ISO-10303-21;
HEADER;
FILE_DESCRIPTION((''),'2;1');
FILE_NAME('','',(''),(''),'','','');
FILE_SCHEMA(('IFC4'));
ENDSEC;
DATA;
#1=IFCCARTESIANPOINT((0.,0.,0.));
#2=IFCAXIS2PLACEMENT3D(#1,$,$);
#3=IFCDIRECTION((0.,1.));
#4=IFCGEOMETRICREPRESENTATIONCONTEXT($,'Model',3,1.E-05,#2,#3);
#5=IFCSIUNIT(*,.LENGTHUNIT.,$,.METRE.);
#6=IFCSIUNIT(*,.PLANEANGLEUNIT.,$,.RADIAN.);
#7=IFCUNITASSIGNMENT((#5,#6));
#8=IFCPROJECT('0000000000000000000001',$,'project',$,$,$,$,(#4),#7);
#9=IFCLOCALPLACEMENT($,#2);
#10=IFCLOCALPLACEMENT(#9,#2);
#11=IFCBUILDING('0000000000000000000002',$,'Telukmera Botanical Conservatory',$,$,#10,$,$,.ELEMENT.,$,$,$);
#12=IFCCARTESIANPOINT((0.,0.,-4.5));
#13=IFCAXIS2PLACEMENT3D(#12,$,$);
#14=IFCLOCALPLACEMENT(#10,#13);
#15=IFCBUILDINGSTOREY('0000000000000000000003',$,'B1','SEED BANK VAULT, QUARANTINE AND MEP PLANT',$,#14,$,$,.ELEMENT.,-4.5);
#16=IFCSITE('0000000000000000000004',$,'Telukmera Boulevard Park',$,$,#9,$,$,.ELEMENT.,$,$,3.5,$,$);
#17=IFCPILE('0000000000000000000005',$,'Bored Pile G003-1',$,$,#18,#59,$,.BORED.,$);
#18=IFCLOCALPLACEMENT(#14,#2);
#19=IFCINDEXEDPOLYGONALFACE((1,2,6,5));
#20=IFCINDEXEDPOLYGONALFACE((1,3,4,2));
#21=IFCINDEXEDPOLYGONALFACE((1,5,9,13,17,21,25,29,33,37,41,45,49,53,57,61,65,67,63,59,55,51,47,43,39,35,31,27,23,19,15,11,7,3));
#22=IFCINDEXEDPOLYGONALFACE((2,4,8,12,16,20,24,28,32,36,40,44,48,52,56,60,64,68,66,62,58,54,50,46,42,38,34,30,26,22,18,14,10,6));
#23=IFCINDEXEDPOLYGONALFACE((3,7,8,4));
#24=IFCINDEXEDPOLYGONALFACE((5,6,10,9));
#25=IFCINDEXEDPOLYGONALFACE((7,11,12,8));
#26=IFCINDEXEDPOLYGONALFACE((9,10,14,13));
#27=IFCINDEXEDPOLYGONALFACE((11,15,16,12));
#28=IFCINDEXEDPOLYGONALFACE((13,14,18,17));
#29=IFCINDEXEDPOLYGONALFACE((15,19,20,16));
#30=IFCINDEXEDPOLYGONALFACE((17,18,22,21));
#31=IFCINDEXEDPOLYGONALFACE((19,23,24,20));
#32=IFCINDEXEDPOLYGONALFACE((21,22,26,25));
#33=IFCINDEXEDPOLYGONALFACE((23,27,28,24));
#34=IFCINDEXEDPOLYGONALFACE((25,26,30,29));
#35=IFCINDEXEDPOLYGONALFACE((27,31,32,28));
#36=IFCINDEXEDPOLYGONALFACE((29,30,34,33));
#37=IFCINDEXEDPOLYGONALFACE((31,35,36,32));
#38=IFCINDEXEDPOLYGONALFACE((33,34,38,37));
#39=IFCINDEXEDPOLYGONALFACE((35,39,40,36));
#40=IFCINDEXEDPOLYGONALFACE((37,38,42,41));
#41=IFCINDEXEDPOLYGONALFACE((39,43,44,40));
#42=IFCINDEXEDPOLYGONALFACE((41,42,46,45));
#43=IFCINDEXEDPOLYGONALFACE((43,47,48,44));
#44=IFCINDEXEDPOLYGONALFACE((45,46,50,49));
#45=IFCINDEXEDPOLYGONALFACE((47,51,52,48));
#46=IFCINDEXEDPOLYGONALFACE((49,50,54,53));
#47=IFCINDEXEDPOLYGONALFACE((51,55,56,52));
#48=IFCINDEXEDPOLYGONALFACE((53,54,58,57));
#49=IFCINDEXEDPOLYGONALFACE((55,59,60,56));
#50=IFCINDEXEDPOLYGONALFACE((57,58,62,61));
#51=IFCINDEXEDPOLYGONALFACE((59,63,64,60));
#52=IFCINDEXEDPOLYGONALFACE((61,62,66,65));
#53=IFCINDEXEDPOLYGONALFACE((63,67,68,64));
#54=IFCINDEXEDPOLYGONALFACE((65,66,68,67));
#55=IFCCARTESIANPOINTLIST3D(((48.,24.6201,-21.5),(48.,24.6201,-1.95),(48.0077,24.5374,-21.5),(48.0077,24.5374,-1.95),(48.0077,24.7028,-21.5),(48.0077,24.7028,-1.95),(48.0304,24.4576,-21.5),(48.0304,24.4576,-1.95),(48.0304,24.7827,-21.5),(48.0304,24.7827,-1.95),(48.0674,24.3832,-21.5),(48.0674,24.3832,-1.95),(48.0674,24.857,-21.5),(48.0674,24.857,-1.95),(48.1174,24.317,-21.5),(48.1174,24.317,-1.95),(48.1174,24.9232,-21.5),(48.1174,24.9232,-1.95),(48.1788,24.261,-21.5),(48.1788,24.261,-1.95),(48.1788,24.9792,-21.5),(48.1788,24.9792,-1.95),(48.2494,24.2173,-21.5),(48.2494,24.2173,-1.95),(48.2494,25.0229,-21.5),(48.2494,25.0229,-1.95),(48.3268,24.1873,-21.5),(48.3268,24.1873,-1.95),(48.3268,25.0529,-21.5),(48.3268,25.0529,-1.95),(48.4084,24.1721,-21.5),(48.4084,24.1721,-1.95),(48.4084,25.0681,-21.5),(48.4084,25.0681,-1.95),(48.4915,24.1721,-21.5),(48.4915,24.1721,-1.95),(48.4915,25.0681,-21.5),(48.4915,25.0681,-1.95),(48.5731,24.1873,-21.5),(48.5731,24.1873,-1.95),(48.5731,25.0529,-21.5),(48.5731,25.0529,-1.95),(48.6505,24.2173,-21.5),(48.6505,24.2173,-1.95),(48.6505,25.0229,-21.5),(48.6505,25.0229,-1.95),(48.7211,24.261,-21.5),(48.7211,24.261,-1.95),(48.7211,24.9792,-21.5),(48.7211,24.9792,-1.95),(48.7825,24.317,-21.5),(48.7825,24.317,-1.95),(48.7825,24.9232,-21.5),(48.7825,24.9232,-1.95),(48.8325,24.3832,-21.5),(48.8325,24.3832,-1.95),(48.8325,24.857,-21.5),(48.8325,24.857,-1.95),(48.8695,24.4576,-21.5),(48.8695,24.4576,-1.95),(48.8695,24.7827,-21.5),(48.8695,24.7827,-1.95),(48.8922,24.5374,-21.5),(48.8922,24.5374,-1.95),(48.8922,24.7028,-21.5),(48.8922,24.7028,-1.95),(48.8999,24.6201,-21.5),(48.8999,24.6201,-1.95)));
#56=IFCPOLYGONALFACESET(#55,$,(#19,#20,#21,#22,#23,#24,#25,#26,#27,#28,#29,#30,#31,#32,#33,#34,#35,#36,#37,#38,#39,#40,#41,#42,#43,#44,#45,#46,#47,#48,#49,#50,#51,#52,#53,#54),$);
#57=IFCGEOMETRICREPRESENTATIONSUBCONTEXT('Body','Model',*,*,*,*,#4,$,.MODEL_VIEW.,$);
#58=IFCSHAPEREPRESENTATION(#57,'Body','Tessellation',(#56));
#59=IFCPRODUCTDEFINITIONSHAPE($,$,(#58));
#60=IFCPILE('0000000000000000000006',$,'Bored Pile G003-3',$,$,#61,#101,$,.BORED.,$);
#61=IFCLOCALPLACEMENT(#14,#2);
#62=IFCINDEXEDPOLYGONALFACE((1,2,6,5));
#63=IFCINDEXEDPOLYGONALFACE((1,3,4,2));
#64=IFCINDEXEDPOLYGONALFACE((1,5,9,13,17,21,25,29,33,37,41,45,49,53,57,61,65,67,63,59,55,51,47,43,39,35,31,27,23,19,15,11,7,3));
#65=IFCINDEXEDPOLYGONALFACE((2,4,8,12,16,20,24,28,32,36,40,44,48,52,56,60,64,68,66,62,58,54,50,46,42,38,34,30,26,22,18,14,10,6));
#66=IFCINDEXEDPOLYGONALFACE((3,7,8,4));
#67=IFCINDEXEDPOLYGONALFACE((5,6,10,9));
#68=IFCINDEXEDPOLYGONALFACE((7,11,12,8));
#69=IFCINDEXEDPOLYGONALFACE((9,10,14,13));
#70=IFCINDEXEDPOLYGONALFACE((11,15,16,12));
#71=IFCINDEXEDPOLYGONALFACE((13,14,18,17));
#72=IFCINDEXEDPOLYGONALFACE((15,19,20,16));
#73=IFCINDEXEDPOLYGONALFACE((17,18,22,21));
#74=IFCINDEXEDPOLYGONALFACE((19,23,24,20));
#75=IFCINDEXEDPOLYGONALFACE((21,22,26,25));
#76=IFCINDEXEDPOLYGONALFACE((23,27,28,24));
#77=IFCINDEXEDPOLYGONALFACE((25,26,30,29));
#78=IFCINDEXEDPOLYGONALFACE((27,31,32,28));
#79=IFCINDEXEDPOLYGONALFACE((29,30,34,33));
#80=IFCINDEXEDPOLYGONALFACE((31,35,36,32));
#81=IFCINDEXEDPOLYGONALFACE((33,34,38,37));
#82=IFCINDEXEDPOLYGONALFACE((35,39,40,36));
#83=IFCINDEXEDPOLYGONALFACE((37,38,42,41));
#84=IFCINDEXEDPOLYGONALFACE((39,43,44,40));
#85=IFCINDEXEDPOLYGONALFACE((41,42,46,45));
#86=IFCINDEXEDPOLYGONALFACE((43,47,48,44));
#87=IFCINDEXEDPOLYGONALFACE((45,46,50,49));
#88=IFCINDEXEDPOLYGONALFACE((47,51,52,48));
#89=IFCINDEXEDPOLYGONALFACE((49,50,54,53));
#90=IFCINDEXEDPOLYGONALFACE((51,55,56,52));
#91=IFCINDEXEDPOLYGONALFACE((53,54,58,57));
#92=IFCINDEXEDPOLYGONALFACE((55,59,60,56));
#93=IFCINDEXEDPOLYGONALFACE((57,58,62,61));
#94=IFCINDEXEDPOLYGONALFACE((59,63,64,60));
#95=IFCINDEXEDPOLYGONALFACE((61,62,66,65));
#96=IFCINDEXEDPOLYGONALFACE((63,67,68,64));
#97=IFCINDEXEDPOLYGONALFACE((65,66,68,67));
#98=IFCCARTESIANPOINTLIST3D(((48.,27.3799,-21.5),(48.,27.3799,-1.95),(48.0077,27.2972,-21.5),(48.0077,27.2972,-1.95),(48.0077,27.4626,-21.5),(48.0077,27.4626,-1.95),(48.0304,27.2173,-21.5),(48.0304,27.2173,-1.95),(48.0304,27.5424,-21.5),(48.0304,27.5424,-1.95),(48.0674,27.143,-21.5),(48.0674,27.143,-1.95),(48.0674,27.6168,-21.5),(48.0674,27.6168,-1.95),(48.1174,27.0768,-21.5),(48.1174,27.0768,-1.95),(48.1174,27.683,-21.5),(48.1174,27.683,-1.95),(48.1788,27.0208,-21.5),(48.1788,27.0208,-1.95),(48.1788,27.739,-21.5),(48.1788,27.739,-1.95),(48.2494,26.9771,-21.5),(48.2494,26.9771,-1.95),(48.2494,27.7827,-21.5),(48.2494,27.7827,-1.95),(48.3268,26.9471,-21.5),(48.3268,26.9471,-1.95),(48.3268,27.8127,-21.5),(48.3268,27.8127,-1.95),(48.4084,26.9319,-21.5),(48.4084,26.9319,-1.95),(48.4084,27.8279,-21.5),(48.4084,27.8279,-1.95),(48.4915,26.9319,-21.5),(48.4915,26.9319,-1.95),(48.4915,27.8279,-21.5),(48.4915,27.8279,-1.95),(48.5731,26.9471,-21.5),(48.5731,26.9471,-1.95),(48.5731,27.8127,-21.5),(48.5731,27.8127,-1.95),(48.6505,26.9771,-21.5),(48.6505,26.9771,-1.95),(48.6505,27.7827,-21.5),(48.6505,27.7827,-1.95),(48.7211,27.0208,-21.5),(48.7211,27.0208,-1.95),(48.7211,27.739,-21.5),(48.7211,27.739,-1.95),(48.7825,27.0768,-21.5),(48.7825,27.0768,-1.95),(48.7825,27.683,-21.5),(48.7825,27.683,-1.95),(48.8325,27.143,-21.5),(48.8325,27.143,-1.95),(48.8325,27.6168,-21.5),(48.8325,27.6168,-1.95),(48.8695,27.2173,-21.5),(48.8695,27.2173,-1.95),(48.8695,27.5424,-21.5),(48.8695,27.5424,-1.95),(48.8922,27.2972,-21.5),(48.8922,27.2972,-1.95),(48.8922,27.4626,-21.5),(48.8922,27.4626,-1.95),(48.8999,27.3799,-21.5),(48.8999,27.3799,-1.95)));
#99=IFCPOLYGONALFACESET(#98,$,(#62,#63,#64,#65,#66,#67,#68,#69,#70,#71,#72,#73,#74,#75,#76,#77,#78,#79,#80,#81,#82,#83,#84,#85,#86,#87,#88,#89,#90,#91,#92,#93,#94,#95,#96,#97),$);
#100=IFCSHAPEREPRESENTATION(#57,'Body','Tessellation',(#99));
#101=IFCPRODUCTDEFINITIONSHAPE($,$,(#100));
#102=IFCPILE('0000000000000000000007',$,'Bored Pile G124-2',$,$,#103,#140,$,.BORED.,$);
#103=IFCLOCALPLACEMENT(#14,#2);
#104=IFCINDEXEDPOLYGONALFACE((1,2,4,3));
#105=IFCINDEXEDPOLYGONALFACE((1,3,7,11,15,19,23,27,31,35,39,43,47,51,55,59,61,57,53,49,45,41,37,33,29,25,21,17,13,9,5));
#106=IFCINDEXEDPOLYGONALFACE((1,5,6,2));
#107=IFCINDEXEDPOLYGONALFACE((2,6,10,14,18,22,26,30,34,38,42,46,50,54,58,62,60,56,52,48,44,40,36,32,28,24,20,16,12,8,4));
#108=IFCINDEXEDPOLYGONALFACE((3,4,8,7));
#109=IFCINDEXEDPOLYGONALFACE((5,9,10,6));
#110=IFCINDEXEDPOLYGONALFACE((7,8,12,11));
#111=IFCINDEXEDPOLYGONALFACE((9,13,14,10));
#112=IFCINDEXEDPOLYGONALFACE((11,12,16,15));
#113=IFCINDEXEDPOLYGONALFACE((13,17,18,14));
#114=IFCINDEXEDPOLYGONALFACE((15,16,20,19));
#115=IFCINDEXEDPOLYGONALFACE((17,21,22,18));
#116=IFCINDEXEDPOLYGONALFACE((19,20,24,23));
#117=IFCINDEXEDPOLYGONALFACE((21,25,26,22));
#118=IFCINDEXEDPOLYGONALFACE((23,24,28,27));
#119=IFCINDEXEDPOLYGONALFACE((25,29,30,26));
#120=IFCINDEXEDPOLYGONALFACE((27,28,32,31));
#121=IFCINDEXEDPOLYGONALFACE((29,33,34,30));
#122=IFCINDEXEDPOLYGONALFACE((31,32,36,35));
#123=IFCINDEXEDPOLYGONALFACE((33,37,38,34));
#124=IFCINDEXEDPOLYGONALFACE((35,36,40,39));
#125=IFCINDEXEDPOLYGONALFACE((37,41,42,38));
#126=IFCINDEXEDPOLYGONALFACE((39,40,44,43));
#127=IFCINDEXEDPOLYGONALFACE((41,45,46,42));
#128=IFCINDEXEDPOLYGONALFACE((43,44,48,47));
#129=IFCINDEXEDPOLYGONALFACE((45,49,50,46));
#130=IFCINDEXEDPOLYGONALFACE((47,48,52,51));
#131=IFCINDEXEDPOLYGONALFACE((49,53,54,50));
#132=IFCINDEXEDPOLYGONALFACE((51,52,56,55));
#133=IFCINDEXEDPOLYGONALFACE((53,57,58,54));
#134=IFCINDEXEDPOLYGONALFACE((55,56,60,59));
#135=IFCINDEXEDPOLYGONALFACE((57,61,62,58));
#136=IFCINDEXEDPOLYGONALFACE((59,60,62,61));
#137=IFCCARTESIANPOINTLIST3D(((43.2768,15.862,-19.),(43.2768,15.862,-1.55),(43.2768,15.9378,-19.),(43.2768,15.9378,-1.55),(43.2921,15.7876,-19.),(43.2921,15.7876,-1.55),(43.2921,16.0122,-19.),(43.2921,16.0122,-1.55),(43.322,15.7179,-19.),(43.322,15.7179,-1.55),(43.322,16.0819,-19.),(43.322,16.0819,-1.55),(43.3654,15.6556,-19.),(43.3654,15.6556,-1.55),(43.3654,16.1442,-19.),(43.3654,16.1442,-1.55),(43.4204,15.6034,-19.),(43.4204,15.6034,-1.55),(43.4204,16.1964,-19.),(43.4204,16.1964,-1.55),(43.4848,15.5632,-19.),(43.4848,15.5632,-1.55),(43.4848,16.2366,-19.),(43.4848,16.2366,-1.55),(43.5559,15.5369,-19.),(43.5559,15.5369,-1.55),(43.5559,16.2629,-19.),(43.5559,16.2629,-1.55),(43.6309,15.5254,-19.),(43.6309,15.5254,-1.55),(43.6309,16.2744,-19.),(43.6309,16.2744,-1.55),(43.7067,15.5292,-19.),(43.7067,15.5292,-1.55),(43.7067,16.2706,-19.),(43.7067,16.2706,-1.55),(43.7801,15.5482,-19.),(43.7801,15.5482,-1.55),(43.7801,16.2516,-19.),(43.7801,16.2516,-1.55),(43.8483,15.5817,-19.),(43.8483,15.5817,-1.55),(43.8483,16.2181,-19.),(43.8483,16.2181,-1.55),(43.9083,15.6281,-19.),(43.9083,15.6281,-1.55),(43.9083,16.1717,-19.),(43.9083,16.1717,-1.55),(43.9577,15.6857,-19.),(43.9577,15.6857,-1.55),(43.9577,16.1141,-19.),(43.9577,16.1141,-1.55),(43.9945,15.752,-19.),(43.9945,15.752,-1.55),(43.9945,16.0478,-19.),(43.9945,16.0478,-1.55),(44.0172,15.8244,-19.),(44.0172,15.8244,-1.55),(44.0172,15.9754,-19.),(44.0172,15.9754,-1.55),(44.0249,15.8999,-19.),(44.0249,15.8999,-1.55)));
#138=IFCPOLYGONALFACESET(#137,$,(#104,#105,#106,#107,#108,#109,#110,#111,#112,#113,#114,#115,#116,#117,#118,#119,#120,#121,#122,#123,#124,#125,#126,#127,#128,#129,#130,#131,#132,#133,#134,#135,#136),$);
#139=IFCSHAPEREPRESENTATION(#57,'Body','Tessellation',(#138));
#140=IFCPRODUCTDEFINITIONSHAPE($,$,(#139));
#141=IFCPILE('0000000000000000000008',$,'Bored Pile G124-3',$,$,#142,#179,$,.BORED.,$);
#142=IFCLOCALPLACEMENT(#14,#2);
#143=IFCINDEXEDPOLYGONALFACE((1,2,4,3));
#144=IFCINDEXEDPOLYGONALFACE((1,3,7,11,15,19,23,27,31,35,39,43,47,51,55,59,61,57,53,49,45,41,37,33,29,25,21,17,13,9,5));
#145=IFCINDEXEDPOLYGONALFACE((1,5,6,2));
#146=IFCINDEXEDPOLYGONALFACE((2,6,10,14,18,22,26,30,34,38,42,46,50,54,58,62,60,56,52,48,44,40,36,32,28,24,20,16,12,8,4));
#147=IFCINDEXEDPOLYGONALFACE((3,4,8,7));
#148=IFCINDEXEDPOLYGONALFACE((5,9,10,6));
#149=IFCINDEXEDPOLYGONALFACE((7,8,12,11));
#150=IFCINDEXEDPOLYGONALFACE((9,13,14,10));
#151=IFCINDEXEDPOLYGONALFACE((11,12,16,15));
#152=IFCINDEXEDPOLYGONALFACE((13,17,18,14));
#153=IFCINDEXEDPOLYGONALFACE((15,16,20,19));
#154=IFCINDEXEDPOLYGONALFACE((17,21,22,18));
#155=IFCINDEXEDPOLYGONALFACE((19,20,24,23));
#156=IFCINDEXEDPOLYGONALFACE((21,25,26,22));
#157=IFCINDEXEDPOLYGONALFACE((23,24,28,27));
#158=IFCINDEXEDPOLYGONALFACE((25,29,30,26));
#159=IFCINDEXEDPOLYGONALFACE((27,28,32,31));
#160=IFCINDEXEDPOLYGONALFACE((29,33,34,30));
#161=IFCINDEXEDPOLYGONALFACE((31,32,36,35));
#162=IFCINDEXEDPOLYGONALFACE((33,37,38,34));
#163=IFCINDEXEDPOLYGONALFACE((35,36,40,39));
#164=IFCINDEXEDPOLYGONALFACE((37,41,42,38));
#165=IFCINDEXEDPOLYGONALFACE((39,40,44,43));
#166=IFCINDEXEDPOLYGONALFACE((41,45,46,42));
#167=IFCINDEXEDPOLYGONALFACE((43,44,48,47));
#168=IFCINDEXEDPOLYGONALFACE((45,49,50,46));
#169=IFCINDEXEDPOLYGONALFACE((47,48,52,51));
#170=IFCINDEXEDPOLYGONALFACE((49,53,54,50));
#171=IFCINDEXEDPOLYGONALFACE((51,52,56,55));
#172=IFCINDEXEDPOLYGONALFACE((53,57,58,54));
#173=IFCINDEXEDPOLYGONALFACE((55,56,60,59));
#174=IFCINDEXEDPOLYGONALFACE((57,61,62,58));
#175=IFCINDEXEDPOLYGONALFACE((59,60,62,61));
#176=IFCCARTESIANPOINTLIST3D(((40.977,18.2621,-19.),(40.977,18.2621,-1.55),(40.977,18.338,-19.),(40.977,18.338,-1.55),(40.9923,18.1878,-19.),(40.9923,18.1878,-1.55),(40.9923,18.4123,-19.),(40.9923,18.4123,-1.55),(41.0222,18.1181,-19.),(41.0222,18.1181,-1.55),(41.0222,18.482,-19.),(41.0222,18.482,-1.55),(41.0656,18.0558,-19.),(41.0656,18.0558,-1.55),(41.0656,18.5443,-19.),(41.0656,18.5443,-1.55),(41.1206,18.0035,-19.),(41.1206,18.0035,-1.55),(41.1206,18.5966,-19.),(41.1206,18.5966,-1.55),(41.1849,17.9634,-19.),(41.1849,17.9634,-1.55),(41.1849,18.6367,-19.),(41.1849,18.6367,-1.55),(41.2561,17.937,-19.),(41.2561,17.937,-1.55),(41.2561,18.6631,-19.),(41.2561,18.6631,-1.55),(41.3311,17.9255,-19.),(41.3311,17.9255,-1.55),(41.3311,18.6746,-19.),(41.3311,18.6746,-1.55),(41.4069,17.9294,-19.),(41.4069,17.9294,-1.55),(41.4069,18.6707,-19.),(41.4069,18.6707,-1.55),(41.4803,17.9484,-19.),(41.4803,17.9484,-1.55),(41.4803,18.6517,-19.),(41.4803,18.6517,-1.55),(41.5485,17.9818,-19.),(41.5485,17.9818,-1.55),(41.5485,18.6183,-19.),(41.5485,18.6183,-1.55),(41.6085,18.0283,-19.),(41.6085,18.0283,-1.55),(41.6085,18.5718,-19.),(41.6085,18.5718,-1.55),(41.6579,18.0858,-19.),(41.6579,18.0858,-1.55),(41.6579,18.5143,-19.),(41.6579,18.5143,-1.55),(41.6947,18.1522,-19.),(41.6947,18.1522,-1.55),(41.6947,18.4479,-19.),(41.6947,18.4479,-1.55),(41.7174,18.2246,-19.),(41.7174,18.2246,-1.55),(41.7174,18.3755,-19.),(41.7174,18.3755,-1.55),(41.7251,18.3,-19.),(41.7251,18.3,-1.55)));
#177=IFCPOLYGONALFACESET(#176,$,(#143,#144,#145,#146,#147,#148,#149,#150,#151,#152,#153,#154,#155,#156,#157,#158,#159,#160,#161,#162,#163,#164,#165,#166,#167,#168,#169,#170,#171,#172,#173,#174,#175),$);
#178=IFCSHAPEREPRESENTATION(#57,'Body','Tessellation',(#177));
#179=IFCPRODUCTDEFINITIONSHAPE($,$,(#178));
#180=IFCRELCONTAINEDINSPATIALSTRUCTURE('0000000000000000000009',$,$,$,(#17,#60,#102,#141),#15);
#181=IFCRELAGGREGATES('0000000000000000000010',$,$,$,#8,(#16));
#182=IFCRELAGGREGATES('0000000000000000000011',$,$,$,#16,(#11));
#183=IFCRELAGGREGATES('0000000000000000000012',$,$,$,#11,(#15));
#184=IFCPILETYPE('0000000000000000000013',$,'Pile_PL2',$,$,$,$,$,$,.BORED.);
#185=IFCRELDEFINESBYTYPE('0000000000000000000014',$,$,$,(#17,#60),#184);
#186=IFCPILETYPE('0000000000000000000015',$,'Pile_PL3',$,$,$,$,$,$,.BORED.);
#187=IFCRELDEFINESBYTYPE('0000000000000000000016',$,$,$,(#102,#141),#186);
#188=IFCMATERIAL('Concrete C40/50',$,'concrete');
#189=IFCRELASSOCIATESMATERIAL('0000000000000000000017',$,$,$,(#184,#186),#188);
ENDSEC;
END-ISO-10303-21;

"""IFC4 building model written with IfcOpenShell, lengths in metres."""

from ifc_helpers import new_model, si_unit, direction, frame, origin, origin_2d, place, context, subcontext, project, spatial, circle, extrude, material, material_profile, profile_set, type_object, element, save


model = new_model("IFC4")

# Units and contexts
model_context = context("Model", 3, precision=1e-05, world=origin(), true_north=direction((0.0, 1.0)))
body_context = subcontext(model_context, "Body", "Model", "MODEL_VIEW")
ifc_project = project(units=[si_unit("LENGTHUNIT", "METRE"), si_unit("PLANEANGLEUNIT", "RADIAN")], contexts=[model_context])

# Site, building, storey
site_placement = place(None, origin())
site = spatial("IfcSite", under=ifc_project, at=site_placement, Name="Telukmera Boulevard Park", CompositionType="ELEMENT", RefElevation=3.5)
building_placement = place(site_placement, origin())
building = spatial("IfcBuilding", under=site, at=building_placement, Name="Telukmera Botanical Conservatory", CompositionType="ELEMENT")
storey_placement = place(building_placement, frame((0.0, 0.0, -4.5)))
storey = spatial("IfcBuildingStorey", under=building, at=storey_placement, Name="B1", Description="SEED BANK VAULT, QUARANTINE AND MEP PLANT", CompositionType="ELEMENT", Elevation=-4.5)

# Shared definitions
ifc_material_1 = material(Name="Concrete C40/50", Category="concrete")

# Piles
ifc_material_profile_1 = material_profile(ifc_material_1, circle(Radius=0.45, at=origin_2d()), Name="PILE D900")
ifc_profile_set_1 = profile_set([ifc_material_profile_1], Name="Concrete C40/50")
pile_type_1 = type_object("IfcPileType", Name="Pile_PL2", PredefinedType="BORED", material=ifc_profile_set_1)
for number, where, z_axis, x_axis, name in (
    (1, (48.45, 24.6201, -1.95), (0.0, 0.0, -1.0), (1.0, 0.0, 0.0), "Bored Pile G003-1"),
    (2, (48.45, 27.3799, -1.95), (0.0, 0.0, -1.0), (1.0, 0.0, 0.0), "Bored Pile G003-3"),
):
    element("IfcPile", number, at=place(storey_placement, frame(where, z_axis=z_axis, x_axis=x_axis)), inside=storey, type_object=pile_type_1, Name=name, PredefinedType="BORED", context=body_context, shape_type="SweptSolid", body=[
        extrude(circle(Radius=0.45, at=origin_2d()), origin(), (0.0, 0.0, 1.0), 19.55),
    ])
ifc_material_profile_2 = material_profile(ifc_material_1, circle(Radius=0.375, at=origin_2d()), Name="PILE D750")
ifc_profile_set_2 = profile_set([ifc_material_profile_2], Name="Concrete C40/50")
pile_type_2 = type_object("IfcPileType", Name="Pile_PL3", PredefinedType="BORED", material=ifc_profile_set_2)
for number, where, z_axis, x_axis, name in (
    (3, (43.6499, 15.8999, -1.55), (0.0, 0.0, -1.0), (1.0, 0.0, 0.0), "Bored Pile G124-2"),
    (4, (41.3501, 18.3, -1.55), (0.0, 0.0, -1.0), (1.0, 0.0, 0.0), "Bored Pile G124-3"),
):
    element("IfcPile", number, at=place(storey_placement, frame(where, z_axis=z_axis, x_axis=x_axis)), inside=storey, type_object=pile_type_2, Name=name, PredefinedType="BORED", context=body_context, shape_type="SweptSolid", body=[
        extrude(circle(Radius=0.375, at=origin_2d()), origin(), (0.0, 0.0, 1.0), 17.45),
    ])

save(model, "model.ifc")
